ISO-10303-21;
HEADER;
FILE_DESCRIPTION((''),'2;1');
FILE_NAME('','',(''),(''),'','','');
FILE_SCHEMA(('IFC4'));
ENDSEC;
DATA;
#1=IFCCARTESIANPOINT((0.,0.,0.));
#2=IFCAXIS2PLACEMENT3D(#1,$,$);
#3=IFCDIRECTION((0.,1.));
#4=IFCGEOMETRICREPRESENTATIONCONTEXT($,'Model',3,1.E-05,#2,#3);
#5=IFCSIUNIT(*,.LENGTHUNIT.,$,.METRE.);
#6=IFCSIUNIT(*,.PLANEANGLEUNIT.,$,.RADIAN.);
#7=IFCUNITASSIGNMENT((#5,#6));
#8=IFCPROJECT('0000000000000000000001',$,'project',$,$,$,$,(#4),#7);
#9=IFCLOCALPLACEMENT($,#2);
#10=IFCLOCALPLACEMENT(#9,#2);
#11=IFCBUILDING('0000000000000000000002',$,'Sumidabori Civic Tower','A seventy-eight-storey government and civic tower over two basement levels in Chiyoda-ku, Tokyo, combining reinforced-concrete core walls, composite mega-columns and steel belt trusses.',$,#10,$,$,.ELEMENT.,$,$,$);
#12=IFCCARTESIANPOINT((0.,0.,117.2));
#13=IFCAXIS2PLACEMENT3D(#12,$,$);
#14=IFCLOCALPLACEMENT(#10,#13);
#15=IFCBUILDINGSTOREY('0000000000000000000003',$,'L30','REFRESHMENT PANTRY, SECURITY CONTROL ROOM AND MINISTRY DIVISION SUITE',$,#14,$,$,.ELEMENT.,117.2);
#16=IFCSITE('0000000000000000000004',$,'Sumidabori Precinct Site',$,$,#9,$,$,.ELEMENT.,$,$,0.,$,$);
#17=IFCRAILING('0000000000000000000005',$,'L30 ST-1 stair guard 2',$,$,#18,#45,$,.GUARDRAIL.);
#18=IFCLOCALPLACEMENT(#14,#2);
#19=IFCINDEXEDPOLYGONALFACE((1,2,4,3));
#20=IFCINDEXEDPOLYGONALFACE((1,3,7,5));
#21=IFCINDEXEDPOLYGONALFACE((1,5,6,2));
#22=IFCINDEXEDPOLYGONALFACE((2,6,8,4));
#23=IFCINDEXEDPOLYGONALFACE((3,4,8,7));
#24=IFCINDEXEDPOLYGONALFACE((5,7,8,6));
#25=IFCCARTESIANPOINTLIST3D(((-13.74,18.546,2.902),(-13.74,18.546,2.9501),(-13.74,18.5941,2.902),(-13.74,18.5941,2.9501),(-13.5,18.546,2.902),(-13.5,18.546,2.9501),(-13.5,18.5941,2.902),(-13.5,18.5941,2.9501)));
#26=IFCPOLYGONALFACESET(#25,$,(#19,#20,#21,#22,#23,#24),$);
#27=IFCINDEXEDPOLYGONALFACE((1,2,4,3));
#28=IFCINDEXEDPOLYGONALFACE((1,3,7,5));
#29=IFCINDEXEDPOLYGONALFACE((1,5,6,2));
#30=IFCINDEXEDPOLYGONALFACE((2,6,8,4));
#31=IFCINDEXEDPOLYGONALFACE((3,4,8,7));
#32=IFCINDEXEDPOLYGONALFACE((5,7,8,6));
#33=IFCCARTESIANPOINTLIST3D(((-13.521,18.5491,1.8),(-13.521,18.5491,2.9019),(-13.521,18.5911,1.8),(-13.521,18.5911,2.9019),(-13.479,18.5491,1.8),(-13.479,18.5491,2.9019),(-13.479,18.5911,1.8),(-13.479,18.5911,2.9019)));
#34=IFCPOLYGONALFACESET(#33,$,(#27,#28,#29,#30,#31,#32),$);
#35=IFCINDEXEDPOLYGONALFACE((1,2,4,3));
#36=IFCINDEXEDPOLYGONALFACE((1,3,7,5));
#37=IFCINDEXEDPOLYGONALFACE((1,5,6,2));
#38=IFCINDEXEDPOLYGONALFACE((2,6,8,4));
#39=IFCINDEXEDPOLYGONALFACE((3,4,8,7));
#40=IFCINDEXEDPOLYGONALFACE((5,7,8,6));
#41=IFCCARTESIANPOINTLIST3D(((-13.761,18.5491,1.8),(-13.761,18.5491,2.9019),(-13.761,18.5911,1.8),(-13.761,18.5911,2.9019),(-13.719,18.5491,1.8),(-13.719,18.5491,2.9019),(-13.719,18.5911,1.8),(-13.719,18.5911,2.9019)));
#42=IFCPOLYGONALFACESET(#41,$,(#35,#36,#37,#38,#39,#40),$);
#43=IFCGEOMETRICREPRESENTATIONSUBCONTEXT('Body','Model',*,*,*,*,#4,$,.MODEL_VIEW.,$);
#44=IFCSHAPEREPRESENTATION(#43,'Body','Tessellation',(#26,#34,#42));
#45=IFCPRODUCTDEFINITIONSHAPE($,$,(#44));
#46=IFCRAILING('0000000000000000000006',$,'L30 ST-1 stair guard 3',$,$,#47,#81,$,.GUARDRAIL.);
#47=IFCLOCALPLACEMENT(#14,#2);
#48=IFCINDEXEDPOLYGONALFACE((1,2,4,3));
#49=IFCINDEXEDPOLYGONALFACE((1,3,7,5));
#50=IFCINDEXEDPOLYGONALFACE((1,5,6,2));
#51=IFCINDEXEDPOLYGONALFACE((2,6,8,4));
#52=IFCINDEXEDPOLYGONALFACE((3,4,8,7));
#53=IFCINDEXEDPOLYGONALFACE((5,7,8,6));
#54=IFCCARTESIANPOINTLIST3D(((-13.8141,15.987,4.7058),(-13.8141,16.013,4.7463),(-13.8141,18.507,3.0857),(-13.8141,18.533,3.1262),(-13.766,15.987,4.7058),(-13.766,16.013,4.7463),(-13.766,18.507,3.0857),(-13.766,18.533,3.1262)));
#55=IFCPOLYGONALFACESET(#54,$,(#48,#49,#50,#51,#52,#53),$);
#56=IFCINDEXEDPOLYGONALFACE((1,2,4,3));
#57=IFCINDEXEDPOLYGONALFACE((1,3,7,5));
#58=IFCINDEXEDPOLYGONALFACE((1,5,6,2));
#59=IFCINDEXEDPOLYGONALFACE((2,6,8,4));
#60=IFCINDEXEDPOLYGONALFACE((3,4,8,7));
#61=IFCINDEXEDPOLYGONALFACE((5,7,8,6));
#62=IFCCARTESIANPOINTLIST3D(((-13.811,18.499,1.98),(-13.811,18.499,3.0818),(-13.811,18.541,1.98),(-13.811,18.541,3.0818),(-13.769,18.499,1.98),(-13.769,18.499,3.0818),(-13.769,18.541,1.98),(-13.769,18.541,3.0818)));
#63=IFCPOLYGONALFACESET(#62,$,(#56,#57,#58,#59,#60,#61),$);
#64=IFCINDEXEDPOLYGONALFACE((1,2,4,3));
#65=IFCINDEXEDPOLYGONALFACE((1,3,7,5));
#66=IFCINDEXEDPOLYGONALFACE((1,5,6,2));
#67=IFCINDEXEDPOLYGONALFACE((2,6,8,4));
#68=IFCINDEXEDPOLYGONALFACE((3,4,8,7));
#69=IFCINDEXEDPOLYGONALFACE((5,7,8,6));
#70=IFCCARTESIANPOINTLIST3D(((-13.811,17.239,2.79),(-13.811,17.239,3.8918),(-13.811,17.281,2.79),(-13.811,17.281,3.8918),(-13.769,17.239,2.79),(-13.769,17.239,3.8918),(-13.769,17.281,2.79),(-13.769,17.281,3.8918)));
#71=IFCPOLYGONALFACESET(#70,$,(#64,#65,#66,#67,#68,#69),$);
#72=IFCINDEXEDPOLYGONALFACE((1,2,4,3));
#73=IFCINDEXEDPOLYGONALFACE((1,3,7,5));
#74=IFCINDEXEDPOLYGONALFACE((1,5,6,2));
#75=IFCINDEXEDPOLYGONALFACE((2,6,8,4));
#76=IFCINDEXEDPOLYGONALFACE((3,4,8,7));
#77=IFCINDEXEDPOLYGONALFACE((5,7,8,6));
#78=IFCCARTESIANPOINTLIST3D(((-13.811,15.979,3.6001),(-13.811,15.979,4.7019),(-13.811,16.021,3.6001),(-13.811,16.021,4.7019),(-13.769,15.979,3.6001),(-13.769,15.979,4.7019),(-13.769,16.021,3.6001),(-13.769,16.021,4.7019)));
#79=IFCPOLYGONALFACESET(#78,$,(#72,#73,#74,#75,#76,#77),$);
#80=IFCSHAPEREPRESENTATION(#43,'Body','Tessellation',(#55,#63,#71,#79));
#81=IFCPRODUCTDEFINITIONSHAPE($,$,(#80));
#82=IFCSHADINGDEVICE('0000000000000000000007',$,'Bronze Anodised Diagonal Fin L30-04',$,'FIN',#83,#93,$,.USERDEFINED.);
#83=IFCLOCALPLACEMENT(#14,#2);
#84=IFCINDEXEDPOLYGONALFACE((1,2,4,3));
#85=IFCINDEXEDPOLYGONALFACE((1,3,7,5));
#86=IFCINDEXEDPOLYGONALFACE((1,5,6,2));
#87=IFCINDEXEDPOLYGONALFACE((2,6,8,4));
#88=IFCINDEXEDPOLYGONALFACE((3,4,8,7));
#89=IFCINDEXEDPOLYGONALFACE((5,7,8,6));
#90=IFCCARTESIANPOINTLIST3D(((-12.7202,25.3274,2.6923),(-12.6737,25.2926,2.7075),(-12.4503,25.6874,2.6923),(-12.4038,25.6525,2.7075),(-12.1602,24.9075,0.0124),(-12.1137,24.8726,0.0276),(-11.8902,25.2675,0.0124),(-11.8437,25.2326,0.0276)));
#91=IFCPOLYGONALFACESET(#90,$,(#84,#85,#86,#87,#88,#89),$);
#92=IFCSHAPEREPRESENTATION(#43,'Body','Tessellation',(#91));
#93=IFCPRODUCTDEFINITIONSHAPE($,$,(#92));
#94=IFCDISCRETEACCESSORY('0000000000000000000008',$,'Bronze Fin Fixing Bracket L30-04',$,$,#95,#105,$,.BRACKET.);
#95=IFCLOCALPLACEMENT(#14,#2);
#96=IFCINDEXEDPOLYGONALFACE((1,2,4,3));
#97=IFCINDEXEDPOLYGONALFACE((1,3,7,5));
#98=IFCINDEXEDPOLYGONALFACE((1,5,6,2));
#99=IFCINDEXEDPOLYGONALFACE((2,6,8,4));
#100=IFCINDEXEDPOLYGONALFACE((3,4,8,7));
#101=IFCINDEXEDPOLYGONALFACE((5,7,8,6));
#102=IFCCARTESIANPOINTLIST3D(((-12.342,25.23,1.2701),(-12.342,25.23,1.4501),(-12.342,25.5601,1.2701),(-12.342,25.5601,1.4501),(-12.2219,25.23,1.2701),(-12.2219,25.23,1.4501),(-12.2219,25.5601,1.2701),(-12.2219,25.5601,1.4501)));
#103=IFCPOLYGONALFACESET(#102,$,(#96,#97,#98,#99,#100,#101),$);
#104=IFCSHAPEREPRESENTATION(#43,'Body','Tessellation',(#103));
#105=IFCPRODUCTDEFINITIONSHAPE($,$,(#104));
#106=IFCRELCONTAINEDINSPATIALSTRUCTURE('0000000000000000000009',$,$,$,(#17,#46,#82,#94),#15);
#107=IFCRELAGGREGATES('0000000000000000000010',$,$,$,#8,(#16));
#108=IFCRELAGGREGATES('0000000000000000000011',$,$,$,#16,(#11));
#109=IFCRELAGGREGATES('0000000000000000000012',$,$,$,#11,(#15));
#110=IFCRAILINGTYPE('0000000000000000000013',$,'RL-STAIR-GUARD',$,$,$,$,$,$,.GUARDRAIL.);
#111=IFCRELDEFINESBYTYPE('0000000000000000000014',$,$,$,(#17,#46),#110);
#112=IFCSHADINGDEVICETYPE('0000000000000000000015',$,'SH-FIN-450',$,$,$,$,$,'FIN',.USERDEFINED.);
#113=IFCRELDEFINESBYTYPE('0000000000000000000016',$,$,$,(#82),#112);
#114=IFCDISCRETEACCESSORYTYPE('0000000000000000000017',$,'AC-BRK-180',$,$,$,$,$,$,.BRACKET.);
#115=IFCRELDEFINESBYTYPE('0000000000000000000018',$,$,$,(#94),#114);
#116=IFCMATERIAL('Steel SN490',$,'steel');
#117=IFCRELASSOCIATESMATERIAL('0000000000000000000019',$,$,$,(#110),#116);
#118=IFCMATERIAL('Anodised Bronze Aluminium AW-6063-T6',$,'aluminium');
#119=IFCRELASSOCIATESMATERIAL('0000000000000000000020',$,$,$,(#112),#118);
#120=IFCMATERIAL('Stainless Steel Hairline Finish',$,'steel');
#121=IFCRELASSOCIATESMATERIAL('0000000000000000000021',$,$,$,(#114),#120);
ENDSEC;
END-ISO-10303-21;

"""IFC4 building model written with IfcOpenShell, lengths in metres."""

from ifc_helpers import new_model, si_unit, direction, frame, origin, origin_2d, place, context, subcontext, project, spatial, rectangle, extrude, source, transform, mapped, material, material_profile, profile_set, type_object, element, save


model = new_model("IFC4")

# Units and contexts
model_context = context("Model", 3, precision=1e-05, world=origin(), true_north=direction((0.0, 1.0)))
body_context = subcontext(model_context, "Body", "Model", "MODEL_VIEW")
ifc_project = project(units=[si_unit("LENGTHUNIT", "METRE"), si_unit("PLANEANGLEUNIT", "RADIAN")], contexts=[model_context])

# Site, building, storey
site_placement = place(None, origin())
site = spatial("IfcSite", under=ifc_project, at=site_placement, Name="Sumidabori Precinct Site", CompositionType="ELEMENT", RefElevation=0.0)
building_placement = place(site_placement, origin())
building = spatial("IfcBuilding", under=site, at=building_placement, Name="Sumidabori Civic Tower", Description="A seventy-eight-storey government and civic tower over two basement levels in Chiyoda-ku, Tokyo, combining reinforced-concrete core walls, composite mega-columns and steel belt trusses.", CompositionType="ELEMENT")
storey_placement = place(building_placement, frame((0.0, 0.0, 117.2)))
storey = spatial("IfcBuildingStorey", under=building, at=storey_placement, Name="L30", Description="REFRESHMENT PANTRY, SECURITY CONTROL ROOM AND MINISTRY DIVISION SUITE", CompositionType="ELEMENT", Elevation=117.2)

# Shared definitions
ifc_material_1 = material(Name="Anodised Bronze Aluminium AW-6063-T6", Category="aluminium")

# Railings
ifc_material_2 = material(Name="Stainless Steel Hairline Finish", Category="steel")
ifc_material_3 = material(Name="Steel SN490", Category="steel")
railing_type_1 = type_object("IfcRailingType", Name="RL-STAIR-GUARD", PredefinedType="GUARDRAIL", material=ifc_material_3)
railing_1_placement = place(storey_placement, frame((-13.5, 18.5701, 1.8)))
element("IfcRailing", 1, at=railing_1_placement, inside=storey, type_object=railing_type_1, Name="L30 ST-1 stair guard 2", PredefinedType="GUARDRAIL", context=body_context, shape_type="SweptSolid", body=[
    extrude(rectangle(XDim=0.0481, YDim=0.0481, at=origin_2d()), frame((0.0, 0.0, 1.126), z_axis=(-1.0, 0.0, 0.0), x_axis=(0.0, -1.0, 0.0)), (0.0, 0.0, 1.0), 0.24),
    extrude(rectangle(XDim=0.042, YDim=0.042, at=origin_2d()), origin(), (0.0, 0.0, 1.0), 1.1018),
    extrude(rectangle(XDim=0.042, YDim=0.042, at=origin_2d()), frame((-0.24, 0.0, 0.0)), (0.0, 0.0, 1.0), 1.1018),
])
railing_2_placement = place(storey_placement, frame((-13.79, 18.52, 1.98)))
element("IfcRailing", 2, at=railing_2_placement, inside=storey, type_object=railing_type_1, Name="L30 ST-1 stair guard 3", PredefinedType="GUARDRAIL", context=body_context, shape_type="SweptSolid", body=[
    extrude(rectangle(XDim=0.0481, YDim=0.0481, at=origin_2d()), frame((0.0, 0.0, 1.126), z_axis=(0.0, -0.841163, 0.540782), x_axis=(1.0, 0.0, 0.0)), (0.0, 0.0, 1.0), 2.9958),
    extrude(rectangle(XDim=0.042, YDim=0.042, at=origin_2d()), origin(), (0.0, 0.0, 1.0), 1.1018),
    extrude(rectangle(XDim=0.042, YDim=0.042, at=origin_2d()), frame((0.0, -1.26, 0.8101)), (0.0, 0.0, 1.0), 1.1018),
    extrude(rectangle(XDim=0.042, YDim=0.042, at=origin_2d()), frame((0.0, -2.52, 1.6201)), (0.0, 0.0, 1.0), 1.1018),
])

# Shading device
ifc_material_profile_1 = material_profile(ifc_material_1, rectangle(XDim=0.0601, YDim=0.45, at=origin_2d()), Name="BRONZE FIN 450x60")
ifc_profile_set_1 = profile_set([ifc_material_profile_1], Name="Anodised Bronze Aluminium AW-6063-T6")
shading_device_type = type_object("IfcShadingDeviceType", Name="SH-FIN-450", ElementType="FIN", PredefinedType="USERDEFINED", material=ifc_profile_set_1)
shared_shape_1 = source(origin(), body_context, "Body", "SweptSolid", [
    extrude(rectangle(XDim=0.0601, YDim=0.45, at=origin_2d()), origin(), (0.0, 0.0, 1.0), 2.7698),
])
shading_device_placement = place(storey_placement, frame((-12.002, 25.0701, 0.02), z_axis=(-0.202199, 0.151605, 0.967539), x_axis=(0.774112, -0.580415, 0.252722)))
element("IfcShadingDevice", 3, at=shading_device_placement, inside=storey, type_object=shading_device_type, Name="Bronze Anodised Diagonal Fin L30-04", ObjectType="FIN", PredefinedType="USERDEFINED", context=body_context, shape_type="MappedRepresentation", body=[
    mapped(shared_shape_1, transform((0.0, 0.0, 0.0), x_axis=(1.0, 0.0, 0.0), y_axis=(0.0, 1.0, 0.0), z_axis=(0.0, 0.0, 1.0), scale=1.0)),
])

# Discrete accessory
ifc_material_profile_2 = material_profile(ifc_material_2, rectangle(XDim=0.1201, YDim=0.1799, at=origin_2d()), Name="STEEL BRACKET 180x120")
ifc_profile_set_2 = profile_set([ifc_material_profile_2], Name="Stainless Steel Hairline Finish")
discrete_accessory_type = type_object("IfcDiscreteAccessoryType", Name="AC-BRK-180", PredefinedType="BRACKET", material=ifc_profile_set_2)
shared_shape_2 = source(origin(), body_context, "Body", "SweptSolid", [
    extrude(rectangle(XDim=0.1201, YDim=0.1799, at=origin_2d()), origin(), (0.0, 0.0, 1.0), 0.3301),
])
discrete_accessory_placement = place(storey_placement, frame((-12.282, 25.23, 1.3601), z_axis=(0.0, 1.0, 0.0), x_axis=(-1.0, 0.0, 0.0)))
element("IfcDiscreteAccessory", 4, at=discrete_accessory_placement, inside=storey, type_object=discrete_accessory_type, Name="Bronze Fin Fixing Bracket L30-04", PredefinedType="BRACKET", context=body_context, shape_type="MappedRepresentation", body=[
    mapped(shared_shape_2, transform((0.0, 0.0, 0.0), x_axis=(1.0, 0.0, 0.0), y_axis=(0.0, 1.0, 0.0), z_axis=(0.0, 0.0, 1.0), scale=1.0)),
])

save(model, "model.ifc")
